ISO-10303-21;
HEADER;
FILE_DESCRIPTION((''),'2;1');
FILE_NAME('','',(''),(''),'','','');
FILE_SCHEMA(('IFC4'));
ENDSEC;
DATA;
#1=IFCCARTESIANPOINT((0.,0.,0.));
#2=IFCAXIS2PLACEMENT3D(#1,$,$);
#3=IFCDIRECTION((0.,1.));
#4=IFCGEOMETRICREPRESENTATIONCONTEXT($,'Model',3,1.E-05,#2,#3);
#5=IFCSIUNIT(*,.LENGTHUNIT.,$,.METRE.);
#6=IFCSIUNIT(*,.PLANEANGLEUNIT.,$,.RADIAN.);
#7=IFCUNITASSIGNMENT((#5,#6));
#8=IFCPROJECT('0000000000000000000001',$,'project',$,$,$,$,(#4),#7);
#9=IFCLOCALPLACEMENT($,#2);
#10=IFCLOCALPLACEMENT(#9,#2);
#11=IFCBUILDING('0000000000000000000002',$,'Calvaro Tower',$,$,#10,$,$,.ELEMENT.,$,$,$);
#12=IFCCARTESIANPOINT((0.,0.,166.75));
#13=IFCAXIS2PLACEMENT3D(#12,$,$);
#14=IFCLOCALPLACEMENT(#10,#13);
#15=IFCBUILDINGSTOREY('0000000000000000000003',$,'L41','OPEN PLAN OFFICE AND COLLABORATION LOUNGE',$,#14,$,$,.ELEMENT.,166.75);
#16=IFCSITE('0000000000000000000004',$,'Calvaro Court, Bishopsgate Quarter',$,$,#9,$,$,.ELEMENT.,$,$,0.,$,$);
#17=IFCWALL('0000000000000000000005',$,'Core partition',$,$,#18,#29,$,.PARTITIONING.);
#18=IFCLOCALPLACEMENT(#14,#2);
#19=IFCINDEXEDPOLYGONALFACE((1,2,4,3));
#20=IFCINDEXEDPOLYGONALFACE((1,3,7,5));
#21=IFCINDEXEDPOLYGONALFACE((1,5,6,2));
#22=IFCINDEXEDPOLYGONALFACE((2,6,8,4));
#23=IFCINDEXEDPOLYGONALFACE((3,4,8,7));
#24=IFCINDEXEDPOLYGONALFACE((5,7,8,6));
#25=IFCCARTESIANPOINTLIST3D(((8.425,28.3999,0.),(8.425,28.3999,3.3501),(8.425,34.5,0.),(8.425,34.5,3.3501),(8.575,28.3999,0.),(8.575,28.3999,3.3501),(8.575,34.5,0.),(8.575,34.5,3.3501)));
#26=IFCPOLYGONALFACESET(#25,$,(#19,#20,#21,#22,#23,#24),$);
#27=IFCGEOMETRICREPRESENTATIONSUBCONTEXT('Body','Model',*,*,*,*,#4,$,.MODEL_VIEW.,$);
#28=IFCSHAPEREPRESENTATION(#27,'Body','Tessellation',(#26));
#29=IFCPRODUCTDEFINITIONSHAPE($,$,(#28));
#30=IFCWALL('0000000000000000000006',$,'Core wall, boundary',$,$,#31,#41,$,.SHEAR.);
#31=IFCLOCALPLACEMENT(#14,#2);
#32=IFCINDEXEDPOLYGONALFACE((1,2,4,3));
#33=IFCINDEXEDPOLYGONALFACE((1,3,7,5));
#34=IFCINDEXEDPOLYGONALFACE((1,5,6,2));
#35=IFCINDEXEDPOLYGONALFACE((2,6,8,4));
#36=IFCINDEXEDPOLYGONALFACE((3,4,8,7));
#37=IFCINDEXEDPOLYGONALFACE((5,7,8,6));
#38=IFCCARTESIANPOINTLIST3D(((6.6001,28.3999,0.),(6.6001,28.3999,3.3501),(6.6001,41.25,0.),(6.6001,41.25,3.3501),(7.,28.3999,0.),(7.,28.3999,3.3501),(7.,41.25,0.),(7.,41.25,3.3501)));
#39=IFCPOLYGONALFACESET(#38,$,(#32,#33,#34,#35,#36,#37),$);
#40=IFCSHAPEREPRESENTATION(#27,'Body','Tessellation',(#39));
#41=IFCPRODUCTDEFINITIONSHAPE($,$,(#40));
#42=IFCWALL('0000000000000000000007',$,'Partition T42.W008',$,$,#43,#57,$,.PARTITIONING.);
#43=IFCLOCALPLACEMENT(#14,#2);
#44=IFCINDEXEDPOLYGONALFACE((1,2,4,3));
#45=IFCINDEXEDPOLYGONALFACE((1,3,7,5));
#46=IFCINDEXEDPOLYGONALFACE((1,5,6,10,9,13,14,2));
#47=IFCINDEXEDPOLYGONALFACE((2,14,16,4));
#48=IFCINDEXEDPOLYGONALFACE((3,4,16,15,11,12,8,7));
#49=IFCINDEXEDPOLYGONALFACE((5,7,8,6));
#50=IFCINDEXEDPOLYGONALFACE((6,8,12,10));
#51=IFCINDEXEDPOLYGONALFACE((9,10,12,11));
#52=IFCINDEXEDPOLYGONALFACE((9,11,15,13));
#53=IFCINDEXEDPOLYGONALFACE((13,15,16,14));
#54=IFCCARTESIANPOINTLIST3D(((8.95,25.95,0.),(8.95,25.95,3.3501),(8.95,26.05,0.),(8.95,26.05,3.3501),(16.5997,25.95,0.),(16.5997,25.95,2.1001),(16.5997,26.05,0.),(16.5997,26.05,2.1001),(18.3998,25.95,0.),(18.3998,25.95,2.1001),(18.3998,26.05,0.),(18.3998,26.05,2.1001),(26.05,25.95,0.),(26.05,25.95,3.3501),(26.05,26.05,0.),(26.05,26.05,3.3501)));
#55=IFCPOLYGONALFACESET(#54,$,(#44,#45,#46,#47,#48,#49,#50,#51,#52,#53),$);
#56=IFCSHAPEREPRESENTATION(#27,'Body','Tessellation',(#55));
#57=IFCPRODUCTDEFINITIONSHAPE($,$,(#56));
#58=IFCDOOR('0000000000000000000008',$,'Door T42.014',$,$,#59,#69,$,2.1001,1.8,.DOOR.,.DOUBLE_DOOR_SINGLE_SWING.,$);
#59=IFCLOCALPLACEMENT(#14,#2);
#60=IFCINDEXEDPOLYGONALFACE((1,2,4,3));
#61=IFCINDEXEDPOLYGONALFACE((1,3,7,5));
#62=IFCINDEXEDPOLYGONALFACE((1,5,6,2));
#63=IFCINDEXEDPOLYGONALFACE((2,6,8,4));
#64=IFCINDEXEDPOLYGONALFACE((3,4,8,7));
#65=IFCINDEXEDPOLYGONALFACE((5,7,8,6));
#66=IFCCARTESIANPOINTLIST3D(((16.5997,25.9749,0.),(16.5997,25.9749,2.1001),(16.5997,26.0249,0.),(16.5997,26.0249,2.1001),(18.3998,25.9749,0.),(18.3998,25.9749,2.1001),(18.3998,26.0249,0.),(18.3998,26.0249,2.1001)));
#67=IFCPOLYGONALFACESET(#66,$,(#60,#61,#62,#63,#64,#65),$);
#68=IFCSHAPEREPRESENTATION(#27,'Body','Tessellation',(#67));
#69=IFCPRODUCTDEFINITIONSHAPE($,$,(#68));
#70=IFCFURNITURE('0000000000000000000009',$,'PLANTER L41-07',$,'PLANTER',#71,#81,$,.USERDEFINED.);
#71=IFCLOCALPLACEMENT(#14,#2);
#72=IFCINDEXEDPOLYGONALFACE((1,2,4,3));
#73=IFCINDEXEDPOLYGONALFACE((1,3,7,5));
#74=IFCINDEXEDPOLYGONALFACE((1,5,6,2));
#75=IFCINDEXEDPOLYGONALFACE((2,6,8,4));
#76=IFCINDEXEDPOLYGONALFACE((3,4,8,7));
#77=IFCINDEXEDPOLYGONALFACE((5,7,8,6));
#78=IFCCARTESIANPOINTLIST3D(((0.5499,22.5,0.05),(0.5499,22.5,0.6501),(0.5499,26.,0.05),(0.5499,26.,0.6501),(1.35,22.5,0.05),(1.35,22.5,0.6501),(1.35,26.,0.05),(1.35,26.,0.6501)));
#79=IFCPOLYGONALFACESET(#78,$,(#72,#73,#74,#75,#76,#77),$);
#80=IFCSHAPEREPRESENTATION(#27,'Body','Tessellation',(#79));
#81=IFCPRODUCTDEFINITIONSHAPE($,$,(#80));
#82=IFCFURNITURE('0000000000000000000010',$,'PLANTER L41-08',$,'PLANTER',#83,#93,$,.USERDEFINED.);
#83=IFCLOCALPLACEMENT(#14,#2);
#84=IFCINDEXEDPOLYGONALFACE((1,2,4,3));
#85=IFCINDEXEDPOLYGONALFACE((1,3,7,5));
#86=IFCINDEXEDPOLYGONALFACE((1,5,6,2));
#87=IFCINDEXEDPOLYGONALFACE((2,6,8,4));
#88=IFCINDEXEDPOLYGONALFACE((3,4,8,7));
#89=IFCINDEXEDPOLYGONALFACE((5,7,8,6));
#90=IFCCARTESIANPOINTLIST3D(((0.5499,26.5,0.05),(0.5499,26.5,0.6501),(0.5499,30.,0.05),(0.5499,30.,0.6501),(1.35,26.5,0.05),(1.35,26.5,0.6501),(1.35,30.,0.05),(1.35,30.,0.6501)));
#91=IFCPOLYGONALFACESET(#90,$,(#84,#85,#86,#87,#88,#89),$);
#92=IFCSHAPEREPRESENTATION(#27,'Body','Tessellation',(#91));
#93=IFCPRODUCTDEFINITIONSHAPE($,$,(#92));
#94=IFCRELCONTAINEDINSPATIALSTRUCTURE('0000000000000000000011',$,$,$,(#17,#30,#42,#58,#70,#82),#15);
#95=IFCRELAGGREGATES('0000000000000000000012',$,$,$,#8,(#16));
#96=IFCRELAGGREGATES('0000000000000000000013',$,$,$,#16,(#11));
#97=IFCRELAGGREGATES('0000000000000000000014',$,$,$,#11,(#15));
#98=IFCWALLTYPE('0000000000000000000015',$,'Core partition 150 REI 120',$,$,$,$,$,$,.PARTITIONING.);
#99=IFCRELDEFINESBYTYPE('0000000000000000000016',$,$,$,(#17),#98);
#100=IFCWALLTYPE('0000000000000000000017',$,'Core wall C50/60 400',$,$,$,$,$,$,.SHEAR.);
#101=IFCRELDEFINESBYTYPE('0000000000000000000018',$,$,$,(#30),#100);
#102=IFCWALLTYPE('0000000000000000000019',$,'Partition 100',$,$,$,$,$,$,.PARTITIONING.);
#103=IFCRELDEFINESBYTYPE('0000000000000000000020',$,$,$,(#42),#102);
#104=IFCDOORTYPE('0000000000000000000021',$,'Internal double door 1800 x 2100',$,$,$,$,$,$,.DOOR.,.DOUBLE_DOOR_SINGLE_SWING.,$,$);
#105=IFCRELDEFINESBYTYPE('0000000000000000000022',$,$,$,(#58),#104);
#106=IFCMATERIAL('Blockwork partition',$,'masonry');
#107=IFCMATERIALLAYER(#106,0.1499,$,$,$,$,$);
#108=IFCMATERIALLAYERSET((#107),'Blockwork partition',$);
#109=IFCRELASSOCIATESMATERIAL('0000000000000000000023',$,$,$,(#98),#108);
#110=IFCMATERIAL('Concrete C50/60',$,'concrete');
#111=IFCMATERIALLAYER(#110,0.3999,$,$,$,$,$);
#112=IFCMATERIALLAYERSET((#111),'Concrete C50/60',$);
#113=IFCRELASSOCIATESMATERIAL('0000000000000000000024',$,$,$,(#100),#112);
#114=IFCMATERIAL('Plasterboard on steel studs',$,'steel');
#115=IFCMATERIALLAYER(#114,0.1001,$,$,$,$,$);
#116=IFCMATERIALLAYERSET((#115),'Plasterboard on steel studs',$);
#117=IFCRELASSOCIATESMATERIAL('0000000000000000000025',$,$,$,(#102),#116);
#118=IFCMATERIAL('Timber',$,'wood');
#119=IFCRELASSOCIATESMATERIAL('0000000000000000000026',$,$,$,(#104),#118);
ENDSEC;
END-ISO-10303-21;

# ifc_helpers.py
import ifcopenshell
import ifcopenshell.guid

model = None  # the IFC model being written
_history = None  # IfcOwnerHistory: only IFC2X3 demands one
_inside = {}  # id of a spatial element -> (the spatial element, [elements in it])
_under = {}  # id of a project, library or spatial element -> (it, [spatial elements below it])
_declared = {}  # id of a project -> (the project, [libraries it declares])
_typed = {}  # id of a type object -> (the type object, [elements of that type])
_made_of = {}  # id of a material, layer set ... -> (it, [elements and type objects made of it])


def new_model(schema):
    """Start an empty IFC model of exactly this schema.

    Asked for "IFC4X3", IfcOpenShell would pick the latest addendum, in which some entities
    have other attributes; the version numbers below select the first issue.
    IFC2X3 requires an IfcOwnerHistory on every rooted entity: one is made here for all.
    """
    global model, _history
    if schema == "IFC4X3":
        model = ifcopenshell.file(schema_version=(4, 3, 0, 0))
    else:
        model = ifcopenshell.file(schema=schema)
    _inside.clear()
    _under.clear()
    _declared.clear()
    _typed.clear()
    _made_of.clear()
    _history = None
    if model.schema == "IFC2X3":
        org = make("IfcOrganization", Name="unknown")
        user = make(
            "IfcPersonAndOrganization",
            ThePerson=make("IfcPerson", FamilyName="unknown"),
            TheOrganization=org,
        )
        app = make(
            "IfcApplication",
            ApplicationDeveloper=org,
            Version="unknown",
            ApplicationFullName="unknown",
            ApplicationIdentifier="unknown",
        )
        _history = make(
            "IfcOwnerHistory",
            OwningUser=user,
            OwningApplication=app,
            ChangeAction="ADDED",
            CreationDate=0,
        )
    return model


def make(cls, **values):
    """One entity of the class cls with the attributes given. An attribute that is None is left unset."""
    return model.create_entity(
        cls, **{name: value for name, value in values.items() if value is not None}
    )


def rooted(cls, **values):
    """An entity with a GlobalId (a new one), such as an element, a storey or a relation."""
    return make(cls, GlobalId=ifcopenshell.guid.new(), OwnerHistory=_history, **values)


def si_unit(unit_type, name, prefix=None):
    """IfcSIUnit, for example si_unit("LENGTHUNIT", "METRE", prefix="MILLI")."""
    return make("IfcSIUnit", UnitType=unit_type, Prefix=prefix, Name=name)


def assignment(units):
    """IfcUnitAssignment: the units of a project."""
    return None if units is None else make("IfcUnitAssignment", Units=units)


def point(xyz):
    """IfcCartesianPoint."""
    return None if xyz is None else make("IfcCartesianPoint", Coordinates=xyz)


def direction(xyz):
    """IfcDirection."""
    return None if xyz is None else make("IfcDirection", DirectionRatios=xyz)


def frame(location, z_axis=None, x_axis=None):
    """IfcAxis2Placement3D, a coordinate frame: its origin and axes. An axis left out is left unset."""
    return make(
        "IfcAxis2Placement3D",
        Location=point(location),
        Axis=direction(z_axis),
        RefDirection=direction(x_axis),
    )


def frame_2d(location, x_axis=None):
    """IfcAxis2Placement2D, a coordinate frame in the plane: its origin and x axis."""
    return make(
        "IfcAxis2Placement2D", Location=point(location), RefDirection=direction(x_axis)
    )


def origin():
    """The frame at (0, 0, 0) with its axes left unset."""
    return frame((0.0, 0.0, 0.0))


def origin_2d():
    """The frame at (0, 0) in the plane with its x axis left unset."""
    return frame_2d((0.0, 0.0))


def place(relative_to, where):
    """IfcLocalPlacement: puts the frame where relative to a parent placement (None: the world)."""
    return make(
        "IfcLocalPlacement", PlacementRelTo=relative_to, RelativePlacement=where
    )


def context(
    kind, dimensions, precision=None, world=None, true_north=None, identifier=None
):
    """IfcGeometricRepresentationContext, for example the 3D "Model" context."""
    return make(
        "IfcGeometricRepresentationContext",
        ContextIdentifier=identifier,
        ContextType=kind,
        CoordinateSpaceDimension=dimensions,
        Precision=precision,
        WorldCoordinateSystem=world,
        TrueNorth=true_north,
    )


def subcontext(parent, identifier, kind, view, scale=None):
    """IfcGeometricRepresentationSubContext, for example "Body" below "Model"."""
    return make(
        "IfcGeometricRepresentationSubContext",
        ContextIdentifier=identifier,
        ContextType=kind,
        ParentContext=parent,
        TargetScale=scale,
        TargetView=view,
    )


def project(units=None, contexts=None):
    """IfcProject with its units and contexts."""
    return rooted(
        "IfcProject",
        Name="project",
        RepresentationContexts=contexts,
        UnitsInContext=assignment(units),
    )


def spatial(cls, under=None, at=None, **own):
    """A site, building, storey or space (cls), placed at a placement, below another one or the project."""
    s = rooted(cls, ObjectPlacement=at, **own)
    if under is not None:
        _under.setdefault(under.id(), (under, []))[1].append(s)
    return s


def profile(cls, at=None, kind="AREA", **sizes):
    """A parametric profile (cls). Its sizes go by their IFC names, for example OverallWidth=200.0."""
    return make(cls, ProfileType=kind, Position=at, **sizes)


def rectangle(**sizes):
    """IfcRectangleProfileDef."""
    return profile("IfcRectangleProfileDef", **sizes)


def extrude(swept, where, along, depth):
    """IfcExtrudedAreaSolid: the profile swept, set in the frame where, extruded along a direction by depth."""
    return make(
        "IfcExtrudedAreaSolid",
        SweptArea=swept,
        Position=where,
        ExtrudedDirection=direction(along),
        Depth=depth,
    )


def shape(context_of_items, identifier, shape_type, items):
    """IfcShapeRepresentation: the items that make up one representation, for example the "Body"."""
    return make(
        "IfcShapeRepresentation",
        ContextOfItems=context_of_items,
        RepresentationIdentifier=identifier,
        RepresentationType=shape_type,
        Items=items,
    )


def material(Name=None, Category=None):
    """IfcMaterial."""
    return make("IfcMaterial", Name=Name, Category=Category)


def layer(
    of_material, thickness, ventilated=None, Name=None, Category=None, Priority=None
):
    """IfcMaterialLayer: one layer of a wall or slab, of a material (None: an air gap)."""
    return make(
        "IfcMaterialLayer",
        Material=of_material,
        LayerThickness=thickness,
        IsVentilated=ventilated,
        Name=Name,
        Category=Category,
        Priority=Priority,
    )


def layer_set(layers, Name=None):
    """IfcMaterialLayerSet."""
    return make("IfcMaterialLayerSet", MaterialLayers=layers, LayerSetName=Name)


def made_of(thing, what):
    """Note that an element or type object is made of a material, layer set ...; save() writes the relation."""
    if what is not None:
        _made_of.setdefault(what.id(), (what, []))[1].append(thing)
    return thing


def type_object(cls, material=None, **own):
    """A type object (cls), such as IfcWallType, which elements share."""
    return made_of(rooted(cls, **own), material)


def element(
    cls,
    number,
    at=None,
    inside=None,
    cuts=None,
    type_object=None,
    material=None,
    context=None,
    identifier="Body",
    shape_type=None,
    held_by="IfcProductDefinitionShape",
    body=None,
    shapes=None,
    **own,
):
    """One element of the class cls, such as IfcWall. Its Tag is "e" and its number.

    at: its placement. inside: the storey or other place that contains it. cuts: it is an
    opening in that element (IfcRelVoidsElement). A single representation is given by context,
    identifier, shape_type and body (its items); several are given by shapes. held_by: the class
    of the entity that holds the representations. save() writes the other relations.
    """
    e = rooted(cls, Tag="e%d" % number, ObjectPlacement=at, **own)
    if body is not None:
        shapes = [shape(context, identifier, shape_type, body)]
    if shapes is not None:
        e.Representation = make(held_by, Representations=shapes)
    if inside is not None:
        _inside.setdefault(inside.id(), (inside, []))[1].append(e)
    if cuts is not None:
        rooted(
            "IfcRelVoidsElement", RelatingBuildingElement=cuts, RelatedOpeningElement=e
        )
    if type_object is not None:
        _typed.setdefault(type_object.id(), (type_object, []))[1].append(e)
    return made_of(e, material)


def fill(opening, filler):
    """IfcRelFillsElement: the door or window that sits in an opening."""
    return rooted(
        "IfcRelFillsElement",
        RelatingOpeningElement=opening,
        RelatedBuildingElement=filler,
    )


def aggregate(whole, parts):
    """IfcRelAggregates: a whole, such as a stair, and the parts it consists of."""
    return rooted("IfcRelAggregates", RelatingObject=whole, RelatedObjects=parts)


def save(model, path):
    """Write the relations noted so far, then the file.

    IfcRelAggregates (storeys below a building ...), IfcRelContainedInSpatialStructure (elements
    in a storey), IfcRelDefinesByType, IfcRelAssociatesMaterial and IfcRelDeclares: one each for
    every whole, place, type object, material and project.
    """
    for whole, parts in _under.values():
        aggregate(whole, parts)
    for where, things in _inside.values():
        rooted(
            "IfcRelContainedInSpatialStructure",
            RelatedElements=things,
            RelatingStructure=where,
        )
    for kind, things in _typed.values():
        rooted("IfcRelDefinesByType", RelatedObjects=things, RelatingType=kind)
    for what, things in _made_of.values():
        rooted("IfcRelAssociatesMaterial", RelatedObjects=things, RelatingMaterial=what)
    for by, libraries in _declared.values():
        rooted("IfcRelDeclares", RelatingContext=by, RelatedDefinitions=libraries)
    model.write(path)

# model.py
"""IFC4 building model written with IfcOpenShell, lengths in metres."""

from ifc_helpers import new_model, si_unit, direction, frame, frame_2d, origin, origin_2d, place, context, subcontext, project, spatial, rectangle, extrude, material, layer, layer_set, type_object, element, fill, save


model = new_model("IFC4")

# Units and contexts
model_context = context("Model", 3, precision=1e-05, world=origin(), true_north=direction((0.0, 1.0)))
body_context = subcontext(model_context, "Body", "Model", "MODEL_VIEW")
ifc_project = project(units=[si_unit("LENGTHUNIT", "METRE"), si_unit("PLANEANGLEUNIT", "RADIAN")], contexts=[model_context])

# Site, building, storey
site_placement = place(None, origin())
site = spatial("IfcSite", under=ifc_project, at=site_placement, Name="Calvaro Court, Bishopsgate Quarter", CompositionType="ELEMENT", RefElevation=0.0)
building_placement = place(site_placement, origin())
building = spatial("IfcBuilding", under=site, at=building_placement, Name="Calvaro Tower", CompositionType="ELEMENT")
storey_placement = place(building_placement, frame((0.0, 0.0, 166.75)))
storey = spatial("IfcBuildingStorey", under=building, at=storey_placement, Name="L41", Description="OPEN PLAN OFFICE AND COLLABORATION LOUNGE", CompositionType="ELEMENT", Elevation=166.75)

# Wall
ifc_material_1 = material(Name="Blockwork partition", Category="masonry")
ifc_layer_1 = layer(ifc_material_1, 0.1499)
ifc_layer_set_1 = layer_set([ifc_layer_1], Name="Blockwork partition")
wall_type_1 = type_object("IfcWallType", Name="Core partition 150 REI 120", PredefinedType="PARTITIONING", material=ifc_layer_set_1)
wall_1_placement = place(storey_placement, frame((8.5, 28.3999, 0.0), z_axis=(0.0, 0.0, 1.0), x_axis=(0.0, 1.0, 0.0)))
element("IfcWall", 1, at=wall_1_placement, inside=storey, type_object=wall_type_1, Name="Core partition", PredefinedType="PARTITIONING", context=body_context, shape_type="SweptSolid", body=[
    extrude(rectangle(XDim=6.1001, YDim=0.1499, at=frame_2d((3.05, 0.0))), origin(), (0.0, 0.0, 1.0), 3.3501),
])

# Shared definitions
ifc_material_2 = material(Name="Concrete C50/60", Category="concrete")
ifc_layer_2 = layer(ifc_material_2, 0.3999)
ifc_layer_set_2 = layer_set([ifc_layer_2], Name="Concrete C50/60")
wall_type_2 = type_object("IfcWallType", Name="Core wall C50/60 400", PredefinedType="SHEAR", material=ifc_layer_set_2)

# Wall
wall_2_placement = place(storey_placement, frame((6.8, 28.3999, 0.0), z_axis=(0.0, 0.0, 1.0), x_axis=(0.0, 1.0, 0.0)))
element("IfcWall", 2, at=wall_2_placement, inside=storey, type_object=wall_type_2, Name="Core wall, boundary", PredefinedType="SHEAR", context=body_context, shape_type="SweptSolid", body=[
    extrude(rectangle(XDim=12.8501, YDim=0.3999, at=frame_2d((6.425, 0.0))), origin(), (0.0, 0.0, 1.0), 3.3501),
])

# Wall, opening, door
ifc_material_3 = material(Name="Plasterboard on steel studs", Category="steel")
ifc_layer_3 = layer(ifc_material_3, 0.1001)
ifc_layer_set_3 = layer_set([ifc_layer_3], Name="Plasterboard on steel studs")
wall_type_3 = type_object("IfcWallType", Name="Partition 100", PredefinedType="PARTITIONING", material=ifc_layer_set_3)
wall_3_placement = place(storey_placement, frame((8.95, 26.0, 0.0), z_axis=(0.0, 0.0, 1.0), x_axis=(1.0, 0.0, 0.0)))
wall_3 = element("IfcWall", 3, at=wall_3_placement, inside=storey, type_object=wall_type_3, Name="Partition T42.W008", PredefinedType="PARTITIONING", context=body_context, shape_type="SweptSolid", body=[
    extrude(rectangle(XDim=17.1001, YDim=0.1001, at=frame_2d((8.55, 0.0))), origin(), (0.0, 0.0, 1.0), 3.3501),
])
opening_1_placement = place(wall_3_placement, frame((7.6499, 0.0, 0.0)))
opening_1 = element("IfcOpeningElement", 4, at=opening_1_placement, cuts=wall_3, PredefinedType="OPENING", context=body_context, shape_type="SweptSolid", body=[
    extrude(rectangle(XDim=1.8, YDim=2.1001, at=frame_2d((0.8999, 1.05))), frame((0.0, 0.0601, 0.0), z_axis=(0.0, -1.0, 0.0), x_axis=(1.0, 0.0, 0.0)), (0.0, 0.0, 1.0), 0.1201),
])
ifc_material_4 = material(Name="Timber", Category="wood")
door_type_1 = type_object("IfcDoorType", Name="Internal double door 1800 x 2100", OperationType="DOUBLE_DOOR_SINGLE_SWING", PredefinedType="DOOR", material=ifc_material_4)
door_1_placement = place(opening_1_placement, origin())
door_1 = element("IfcDoor", 5, at=door_1_placement, inside=storey, type_object=door_type_1, Name="Door T42.014", OperationType="DOUBLE_DOOR_SINGLE_SWING", OverallHeight=2.1001, OverallWidth=1.8, PredefinedType="DOOR", context=body_context, shape_type="SweptSolid", body=[
    extrude(rectangle(XDim=1.8, YDim=2.1001, at=frame_2d((0.8999, 1.05))), frame((0.0, 0.0249, 0.0), z_axis=(0.0, -1.0, 0.0), x_axis=(1.0, 0.0, 0.0)), (0.0, 0.0, 1.0), 0.05),
])
fill(opening_1, door_1)

# Furniture
for number, where, z_axis, x_axis, name in (
    (6, (0.95, 24.25, 0.05), (0.0, 0.0, 1.0), (1.0, 0.0, 0.0), "PLANTER L41-07"),
    (7, (0.95, 28.25, 0.05), (0.0, 0.0, 1.0), (1.0, 0.0, 0.0), "PLANTER L41-08"),
):
    element("IfcFurniture", number, at=place(storey_placement, frame(where, z_axis=z_axis, x_axis=x_axis)), inside=storey, Name=name, ObjectType="PLANTER", PredefinedType="USERDEFINED", context=body_context, shape_type="SweptSolid", body=[
        extrude(rectangle(XDim=0.8, YDim=3.5, at=origin_2d()), origin(), (0.0, 0.0, 1.0), 0.6001),
    ])

save(model, "model.ifc")
